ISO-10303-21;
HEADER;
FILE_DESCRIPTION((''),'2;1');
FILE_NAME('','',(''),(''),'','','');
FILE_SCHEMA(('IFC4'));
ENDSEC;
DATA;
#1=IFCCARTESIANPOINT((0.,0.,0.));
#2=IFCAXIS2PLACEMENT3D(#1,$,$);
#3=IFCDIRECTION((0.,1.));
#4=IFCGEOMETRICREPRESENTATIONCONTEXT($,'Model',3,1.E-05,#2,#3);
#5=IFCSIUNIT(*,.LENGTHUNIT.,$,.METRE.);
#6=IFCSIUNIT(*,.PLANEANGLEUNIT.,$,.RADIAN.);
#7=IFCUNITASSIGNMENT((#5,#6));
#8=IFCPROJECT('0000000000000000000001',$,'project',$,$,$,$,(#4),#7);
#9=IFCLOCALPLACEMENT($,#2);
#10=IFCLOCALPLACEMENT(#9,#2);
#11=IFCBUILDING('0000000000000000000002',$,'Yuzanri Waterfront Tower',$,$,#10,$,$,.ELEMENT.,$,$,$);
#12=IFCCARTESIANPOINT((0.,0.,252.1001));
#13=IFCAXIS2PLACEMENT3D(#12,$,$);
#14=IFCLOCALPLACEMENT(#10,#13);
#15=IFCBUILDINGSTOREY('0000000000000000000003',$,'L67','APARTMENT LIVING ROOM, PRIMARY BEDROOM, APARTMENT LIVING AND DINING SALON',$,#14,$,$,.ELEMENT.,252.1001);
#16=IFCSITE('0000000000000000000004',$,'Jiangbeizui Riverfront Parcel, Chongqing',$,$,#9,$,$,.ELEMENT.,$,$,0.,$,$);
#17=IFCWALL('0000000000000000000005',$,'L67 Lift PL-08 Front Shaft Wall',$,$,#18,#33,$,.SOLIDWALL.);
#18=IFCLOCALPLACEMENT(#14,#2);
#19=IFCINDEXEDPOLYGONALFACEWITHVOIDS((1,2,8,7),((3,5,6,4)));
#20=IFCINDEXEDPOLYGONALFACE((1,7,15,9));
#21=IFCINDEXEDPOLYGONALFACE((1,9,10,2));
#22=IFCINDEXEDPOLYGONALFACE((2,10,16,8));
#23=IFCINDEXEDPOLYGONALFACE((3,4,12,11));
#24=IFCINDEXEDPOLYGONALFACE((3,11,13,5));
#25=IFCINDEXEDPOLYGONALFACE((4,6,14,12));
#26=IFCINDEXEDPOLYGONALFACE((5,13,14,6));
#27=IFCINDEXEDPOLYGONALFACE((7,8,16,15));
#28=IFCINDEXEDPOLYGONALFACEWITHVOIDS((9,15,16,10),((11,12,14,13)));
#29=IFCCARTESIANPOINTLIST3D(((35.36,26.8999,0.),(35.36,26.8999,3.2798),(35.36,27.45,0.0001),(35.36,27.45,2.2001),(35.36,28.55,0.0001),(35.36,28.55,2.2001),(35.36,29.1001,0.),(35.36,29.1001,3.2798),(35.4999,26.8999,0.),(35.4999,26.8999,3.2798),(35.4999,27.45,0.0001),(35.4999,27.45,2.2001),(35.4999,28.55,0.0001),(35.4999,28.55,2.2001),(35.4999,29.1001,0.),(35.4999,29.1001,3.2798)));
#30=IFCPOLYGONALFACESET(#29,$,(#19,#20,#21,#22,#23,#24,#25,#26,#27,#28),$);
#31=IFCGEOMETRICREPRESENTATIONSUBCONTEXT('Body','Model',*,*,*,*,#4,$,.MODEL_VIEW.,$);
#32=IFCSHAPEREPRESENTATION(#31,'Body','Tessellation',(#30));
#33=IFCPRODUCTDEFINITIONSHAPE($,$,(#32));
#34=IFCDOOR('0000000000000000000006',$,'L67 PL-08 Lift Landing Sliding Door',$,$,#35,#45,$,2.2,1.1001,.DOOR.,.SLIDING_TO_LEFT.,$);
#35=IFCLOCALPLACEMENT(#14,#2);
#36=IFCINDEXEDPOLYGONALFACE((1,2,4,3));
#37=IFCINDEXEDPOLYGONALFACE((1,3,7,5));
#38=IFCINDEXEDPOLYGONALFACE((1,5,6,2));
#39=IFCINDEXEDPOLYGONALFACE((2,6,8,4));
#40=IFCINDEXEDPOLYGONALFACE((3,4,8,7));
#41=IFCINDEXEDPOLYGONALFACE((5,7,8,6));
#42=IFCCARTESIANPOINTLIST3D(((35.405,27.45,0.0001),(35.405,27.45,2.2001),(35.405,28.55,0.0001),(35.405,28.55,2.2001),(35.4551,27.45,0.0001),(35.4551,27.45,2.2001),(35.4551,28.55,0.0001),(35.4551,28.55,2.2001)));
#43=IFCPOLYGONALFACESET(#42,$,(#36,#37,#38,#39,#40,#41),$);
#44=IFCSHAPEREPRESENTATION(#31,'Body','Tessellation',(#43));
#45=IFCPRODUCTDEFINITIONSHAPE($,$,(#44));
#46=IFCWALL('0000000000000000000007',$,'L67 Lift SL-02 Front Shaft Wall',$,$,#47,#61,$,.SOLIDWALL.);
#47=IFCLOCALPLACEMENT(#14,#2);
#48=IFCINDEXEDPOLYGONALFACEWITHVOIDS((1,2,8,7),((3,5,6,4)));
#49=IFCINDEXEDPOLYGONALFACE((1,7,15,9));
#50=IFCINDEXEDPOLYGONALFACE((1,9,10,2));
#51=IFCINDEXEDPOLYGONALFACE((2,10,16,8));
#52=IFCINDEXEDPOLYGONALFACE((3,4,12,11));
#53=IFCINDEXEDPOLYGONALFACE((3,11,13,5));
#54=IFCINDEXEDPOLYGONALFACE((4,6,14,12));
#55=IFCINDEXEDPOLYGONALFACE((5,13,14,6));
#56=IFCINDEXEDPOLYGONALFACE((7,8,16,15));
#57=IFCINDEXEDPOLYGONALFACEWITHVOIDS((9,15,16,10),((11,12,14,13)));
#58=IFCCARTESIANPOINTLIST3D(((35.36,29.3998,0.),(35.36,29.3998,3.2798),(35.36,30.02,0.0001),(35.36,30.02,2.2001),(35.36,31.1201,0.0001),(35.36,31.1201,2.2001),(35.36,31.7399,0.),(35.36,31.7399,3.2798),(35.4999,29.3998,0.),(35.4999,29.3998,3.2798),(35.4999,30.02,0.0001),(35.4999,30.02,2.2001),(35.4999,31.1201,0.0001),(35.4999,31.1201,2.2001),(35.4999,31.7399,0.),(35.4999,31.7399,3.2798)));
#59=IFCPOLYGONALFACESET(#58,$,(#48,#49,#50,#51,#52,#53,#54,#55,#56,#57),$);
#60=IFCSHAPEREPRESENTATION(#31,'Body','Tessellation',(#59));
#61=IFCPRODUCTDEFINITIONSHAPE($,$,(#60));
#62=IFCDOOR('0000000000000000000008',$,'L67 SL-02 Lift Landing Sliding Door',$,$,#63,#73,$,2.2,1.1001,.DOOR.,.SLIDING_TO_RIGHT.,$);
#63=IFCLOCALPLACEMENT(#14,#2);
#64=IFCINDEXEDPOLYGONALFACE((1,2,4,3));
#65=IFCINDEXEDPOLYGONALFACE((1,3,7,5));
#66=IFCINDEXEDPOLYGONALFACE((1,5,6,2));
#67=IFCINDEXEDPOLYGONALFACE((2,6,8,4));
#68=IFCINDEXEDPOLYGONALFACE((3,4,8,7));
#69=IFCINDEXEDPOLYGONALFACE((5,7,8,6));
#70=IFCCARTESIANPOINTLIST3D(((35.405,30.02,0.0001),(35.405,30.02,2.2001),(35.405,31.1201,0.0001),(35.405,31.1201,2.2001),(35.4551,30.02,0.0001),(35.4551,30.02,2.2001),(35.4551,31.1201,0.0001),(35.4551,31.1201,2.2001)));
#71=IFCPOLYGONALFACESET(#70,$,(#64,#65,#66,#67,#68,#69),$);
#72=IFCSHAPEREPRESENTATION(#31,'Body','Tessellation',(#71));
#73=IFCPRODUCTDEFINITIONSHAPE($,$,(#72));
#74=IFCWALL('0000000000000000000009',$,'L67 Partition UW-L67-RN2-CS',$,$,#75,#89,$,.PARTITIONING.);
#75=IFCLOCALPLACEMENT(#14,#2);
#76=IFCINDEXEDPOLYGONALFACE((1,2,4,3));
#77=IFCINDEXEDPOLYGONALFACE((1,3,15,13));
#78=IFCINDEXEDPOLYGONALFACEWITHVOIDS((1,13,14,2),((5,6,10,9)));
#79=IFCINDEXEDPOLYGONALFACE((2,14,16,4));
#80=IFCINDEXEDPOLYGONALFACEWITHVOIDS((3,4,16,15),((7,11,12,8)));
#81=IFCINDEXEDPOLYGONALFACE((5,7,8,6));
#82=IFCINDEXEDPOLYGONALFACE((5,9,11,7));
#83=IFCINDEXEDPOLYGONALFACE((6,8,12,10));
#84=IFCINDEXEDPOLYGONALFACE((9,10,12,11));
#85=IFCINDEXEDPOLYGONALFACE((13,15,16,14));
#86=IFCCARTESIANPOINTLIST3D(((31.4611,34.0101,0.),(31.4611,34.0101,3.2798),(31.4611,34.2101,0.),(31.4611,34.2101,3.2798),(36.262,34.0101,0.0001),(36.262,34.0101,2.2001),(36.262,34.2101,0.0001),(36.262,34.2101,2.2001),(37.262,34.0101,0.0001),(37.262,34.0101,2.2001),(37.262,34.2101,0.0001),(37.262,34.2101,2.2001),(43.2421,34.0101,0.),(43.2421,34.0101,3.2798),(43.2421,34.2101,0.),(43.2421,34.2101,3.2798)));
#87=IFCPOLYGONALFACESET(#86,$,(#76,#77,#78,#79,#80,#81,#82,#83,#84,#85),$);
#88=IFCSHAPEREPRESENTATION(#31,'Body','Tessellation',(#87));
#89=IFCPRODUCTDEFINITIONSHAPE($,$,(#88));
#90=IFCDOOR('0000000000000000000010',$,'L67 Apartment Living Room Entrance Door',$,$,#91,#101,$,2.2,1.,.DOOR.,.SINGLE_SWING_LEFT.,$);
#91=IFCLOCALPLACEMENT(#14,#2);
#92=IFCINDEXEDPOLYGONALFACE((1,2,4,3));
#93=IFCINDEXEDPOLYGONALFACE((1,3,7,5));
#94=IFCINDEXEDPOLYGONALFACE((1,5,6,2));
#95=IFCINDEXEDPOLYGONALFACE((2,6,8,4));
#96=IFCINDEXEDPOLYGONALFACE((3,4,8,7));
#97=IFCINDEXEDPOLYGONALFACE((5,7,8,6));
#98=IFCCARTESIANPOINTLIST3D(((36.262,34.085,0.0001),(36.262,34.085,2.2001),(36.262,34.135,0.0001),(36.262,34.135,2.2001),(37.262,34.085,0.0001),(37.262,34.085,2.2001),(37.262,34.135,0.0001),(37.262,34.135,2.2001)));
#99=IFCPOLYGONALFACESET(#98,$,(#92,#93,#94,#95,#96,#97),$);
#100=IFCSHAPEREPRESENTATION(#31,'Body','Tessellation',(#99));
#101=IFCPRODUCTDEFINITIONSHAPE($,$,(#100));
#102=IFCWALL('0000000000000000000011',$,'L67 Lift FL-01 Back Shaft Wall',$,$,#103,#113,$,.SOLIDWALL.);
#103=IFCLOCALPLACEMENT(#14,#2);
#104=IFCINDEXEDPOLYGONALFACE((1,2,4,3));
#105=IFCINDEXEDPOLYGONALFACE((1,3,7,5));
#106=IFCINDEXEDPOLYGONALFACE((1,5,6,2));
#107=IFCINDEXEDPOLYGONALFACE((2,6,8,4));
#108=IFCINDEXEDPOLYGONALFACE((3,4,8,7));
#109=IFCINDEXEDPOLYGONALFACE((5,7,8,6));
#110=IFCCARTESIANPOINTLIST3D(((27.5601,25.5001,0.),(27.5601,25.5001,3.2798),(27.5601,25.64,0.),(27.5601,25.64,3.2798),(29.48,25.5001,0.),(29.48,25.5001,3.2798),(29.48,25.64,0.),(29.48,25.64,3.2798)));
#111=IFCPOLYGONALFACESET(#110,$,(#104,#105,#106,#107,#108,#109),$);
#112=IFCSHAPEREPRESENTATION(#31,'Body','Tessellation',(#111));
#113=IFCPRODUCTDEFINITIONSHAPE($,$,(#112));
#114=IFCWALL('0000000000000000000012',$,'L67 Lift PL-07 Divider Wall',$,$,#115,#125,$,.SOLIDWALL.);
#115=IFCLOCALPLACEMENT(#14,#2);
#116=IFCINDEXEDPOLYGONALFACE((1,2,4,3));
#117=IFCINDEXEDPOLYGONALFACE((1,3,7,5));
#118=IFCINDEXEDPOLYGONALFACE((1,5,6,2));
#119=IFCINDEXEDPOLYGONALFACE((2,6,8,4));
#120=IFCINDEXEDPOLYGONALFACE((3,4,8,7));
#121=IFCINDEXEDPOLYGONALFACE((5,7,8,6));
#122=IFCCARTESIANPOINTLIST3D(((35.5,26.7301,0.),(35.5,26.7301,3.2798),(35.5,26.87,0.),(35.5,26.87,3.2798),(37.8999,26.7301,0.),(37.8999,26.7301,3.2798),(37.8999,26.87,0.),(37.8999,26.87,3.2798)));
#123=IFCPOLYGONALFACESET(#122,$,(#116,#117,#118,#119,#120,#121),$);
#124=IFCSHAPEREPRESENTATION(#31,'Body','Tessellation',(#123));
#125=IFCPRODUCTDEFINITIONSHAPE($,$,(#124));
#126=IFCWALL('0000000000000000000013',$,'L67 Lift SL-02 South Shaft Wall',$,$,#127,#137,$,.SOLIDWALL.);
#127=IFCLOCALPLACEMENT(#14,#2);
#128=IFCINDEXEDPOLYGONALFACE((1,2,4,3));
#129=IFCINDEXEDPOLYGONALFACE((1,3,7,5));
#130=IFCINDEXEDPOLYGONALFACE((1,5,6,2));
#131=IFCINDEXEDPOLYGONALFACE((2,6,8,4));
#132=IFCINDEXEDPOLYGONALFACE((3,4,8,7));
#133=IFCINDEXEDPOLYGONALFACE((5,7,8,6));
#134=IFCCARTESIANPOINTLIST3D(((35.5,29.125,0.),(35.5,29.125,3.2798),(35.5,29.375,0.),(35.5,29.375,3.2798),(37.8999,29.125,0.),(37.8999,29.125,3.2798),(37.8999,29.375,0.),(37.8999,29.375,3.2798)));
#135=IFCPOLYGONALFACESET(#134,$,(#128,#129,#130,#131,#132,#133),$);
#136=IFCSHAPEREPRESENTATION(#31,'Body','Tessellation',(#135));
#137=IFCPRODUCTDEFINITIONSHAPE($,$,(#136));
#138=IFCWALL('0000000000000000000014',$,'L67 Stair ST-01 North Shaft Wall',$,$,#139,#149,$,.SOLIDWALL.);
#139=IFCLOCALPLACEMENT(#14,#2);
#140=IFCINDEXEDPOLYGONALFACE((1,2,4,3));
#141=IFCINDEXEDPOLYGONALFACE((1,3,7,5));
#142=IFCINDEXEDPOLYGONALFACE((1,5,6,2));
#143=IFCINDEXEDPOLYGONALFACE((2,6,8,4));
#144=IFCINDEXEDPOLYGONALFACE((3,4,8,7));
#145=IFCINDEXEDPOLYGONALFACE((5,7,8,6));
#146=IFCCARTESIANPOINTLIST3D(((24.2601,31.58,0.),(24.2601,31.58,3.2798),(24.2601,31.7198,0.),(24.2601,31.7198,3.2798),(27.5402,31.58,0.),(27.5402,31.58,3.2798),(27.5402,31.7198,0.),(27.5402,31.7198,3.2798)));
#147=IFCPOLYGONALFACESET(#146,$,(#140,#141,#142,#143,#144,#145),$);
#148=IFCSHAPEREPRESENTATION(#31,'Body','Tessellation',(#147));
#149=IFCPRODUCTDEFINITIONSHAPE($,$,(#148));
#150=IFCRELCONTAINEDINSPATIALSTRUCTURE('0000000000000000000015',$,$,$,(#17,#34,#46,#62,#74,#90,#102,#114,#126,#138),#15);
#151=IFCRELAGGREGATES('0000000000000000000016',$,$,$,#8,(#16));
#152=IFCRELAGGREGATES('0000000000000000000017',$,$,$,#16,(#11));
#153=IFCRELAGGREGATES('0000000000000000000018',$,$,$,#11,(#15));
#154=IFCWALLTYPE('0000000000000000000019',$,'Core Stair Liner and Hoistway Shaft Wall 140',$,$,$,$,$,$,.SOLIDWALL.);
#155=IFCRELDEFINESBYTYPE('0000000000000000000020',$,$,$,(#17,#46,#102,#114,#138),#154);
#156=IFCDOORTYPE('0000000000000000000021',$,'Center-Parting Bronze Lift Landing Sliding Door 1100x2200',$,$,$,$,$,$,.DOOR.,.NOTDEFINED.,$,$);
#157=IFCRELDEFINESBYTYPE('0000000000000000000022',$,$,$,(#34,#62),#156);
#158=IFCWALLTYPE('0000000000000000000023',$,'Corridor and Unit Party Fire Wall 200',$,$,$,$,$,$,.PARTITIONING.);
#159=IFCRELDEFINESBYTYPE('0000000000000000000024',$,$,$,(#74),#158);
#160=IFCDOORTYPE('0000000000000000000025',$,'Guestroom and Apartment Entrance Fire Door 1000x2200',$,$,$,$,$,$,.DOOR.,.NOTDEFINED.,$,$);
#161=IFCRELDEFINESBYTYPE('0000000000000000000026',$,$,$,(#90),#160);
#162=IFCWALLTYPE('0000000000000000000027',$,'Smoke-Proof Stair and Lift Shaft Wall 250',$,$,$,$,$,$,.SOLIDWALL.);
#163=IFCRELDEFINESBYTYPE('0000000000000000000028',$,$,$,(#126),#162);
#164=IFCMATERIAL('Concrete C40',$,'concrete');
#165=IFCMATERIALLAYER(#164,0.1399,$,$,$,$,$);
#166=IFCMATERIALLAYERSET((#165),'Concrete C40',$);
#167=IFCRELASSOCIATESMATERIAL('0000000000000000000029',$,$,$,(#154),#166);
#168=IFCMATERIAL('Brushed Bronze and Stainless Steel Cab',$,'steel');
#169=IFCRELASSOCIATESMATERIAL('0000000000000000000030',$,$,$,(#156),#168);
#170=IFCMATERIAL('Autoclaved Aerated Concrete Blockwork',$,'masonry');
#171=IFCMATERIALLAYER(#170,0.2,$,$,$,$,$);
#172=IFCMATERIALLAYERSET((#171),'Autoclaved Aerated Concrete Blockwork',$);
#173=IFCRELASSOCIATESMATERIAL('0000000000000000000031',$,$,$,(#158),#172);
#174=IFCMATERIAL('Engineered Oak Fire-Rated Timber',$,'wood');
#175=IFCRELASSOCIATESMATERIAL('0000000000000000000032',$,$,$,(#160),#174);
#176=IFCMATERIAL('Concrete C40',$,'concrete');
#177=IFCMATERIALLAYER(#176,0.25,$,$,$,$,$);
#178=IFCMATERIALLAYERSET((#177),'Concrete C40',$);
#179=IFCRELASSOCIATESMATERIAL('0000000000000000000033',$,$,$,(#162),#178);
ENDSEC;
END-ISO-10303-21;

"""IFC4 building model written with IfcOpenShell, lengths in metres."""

from ifc_helpers import new_model, si_unit, direction, frame, frame_2d, origin, place, context, subcontext, project, spatial, rectangle, extrude, source, transform, mapped, material, layer, layer_set, type_object, element, fill, save


model = new_model("IFC4")

# Units and contexts
model_context = context("Model", 3, precision=1e-05, world=origin(), true_north=direction((0.0, 1.0)))
body_context = subcontext(model_context, "Body", "Model", "MODEL_VIEW")
ifc_project = project(units=[si_unit("LENGTHUNIT", "METRE"), si_unit("PLANEANGLEUNIT", "RADIAN")], contexts=[model_context])

# Site, building, storey
site_placement = place(None, origin())
site = spatial("IfcSite", under=ifc_project, at=site_placement, Name="Jiangbeizui Riverfront Parcel, Chongqing", CompositionType="ELEMENT", RefElevation=0.0)
building_placement = place(site_placement, origin())
building = spatial("IfcBuilding", under=site, at=building_placement, Name="Yuzanri Waterfront Tower", CompositionType="ELEMENT")
storey_placement = place(building_placement, frame((0.0, 0.0, 252.1001)))
storey = spatial("IfcBuildingStorey", under=building, at=storey_placement, Name="L67", Description="APARTMENT LIVING ROOM, PRIMARY BEDROOM, APARTMENT LIVING AND DINING SALON", CompositionType="ELEMENT", Elevation=252.1001)

# Walls, openings, doors
ifc_material_1 = material(Name="Concrete C40", Category="concrete")
ifc_layer_1 = layer(ifc_material_1, 0.1399)
ifc_layer_set_1 = layer_set([ifc_layer_1], Name="Concrete C40")
wall_type_1 = type_object("IfcWallType", Name="Core Stair Liner and Hoistway Shaft Wall 140", PredefinedType="SOLIDWALL", material=ifc_layer_set_1)
wall_1_placement = place(storey_placement, frame((35.4299, 26.8999, 0.0), z_axis=(0.0, 0.0, 1.0), x_axis=(0.0, 1.0, 0.0)))
wall_1 = element("IfcWall", 1, at=wall_1_placement, inside=storey, type_object=wall_type_1, Name="L67 Lift PL-08 Front Shaft Wall", PredefinedType="SOLIDWALL", context=body_context, shape_type="SweptSolid", body=[
    extrude(rectangle(XDim=2.2002, YDim=0.1399, at=frame_2d((1.1001, 0.0))), origin(), (0.0, 0.0, 1.0), 3.2798),
])
opening_1_placement = place(wall_1_placement, frame((0.55, 0.0, 0.0)))
opening_1 = element("IfcOpeningElement", 2, at=opening_1_placement, cuts=wall_1, PredefinedType="OPENING", context=body_context, shape_type="SweptSolid", body=[
    extrude(rectangle(XDim=1.1001, YDim=2.2, at=frame_2d((0.55, 1.1001))), frame((0.0, 0.085, 0.0), z_axis=(0.0, -1.0, 0.0), x_axis=(1.0, 0.0, 0.0)), (0.0, 0.0, 1.0), 0.1697),
])
ifc_material_2 = material(Name="Brushed Bronze and Stainless Steel Cab", Category="steel")
door_type_1 = type_object("IfcDoorType", Name="Center-Parting Bronze Lift Landing Sliding Door 1100x2200", OperationType="NOTDEFINED", PredefinedType="DOOR", material=ifc_material_2)
shared_shape_1 = source(origin(), body_context, "Body", "SweptSolid", [
    extrude(rectangle(XDim=1.1001, YDim=2.2, at=frame_2d((0.55, 1.1001))), frame((0.0, 0.0249, 0.0), z_axis=(0.0, -1.0, 0.0), x_axis=(1.0, 0.0, 0.0)), (0.0, 0.0, 1.0), 0.05),
])
door_1_placement = place(opening_1_placement, origin())
door_1 = element("IfcDoor", 3, at=door_1_placement, inside=storey, type_object=door_type_1, Name="L67 PL-08 Lift Landing Sliding Door", OperationType="SLIDING_TO_LEFT", OverallHeight=2.2, OverallWidth=1.1001, PredefinedType="DOOR", context=body_context, shape_type="MappedRepresentation", body=[
    mapped(shared_shape_1, transform((0.0, 0.0, 0.0), scale=1.0)),
])
fill(opening_1, door_1)
wall_2_placement = place(storey_placement, frame((35.4299, 29.3999, 0.0), z_axis=(0.0, 0.0, 1.0), x_axis=(0.0, 1.0, 0.0)))
wall_2 = element("IfcWall", 4, at=wall_2_placement, inside=storey, type_object=wall_type_1, Name="L67 Lift SL-02 Front Shaft Wall", PredefinedType="SOLIDWALL", context=body_context, shape_type="SweptSolid", body=[
    extrude(rectangle(XDim=2.3401, YDim=0.1399, at=frame_2d((1.1699, 0.0))), origin(), (0.0, 0.0, 1.0), 3.2798),
])
opening_2_placement = place(wall_2_placement, frame((0.6201, 0.0, 0.0)))
opening_2 = element("IfcOpeningElement", 5, at=opening_2_placement, cuts=wall_2, PredefinedType="OPENING", context=body_context, shape_type="SweptSolid", body=[
    extrude(rectangle(XDim=1.1001, YDim=2.2, at=frame_2d((0.55, 1.1001))), frame((0.0, 0.085, 0.0), z_axis=(0.0, -1.0, 0.0), x_axis=(1.0, 0.0, 0.0)), (0.0, 0.0, 1.0), 0.1697),
])
door_2_placement = place(opening_2_placement, origin())
door_2 = element("IfcDoor", 6, at=door_2_placement, inside=storey, type_object=door_type_1, Name="L67 SL-02 Lift Landing Sliding Door", OperationType="SLIDING_TO_RIGHT", OverallHeight=2.2, OverallWidth=1.1001, PredefinedType="DOOR", context=body_context, shape_type="MappedRepresentation", body=[
    mapped(shared_shape_1, transform((0.0, 0.0, 0.0), scale=1.0)),
])
fill(opening_2, door_2)
ifc_material_3 = material(Name="Autoclaved Aerated Concrete Blockwork", Category="masonry")
ifc_layer_2 = layer(ifc_material_3, 0.2)
ifc_layer_set_2 = layer_set([ifc_layer_2], Name="Autoclaved Aerated Concrete Blockwork")
wall_type_2 = type_object("IfcWallType", Name="Corridor and Unit Party Fire Wall 200", PredefinedType="PARTITIONING", material=ifc_layer_set_2)
wall_3_placement = place(storey_placement, frame((31.4609, 34.1101, 0.0), z_axis=(0.0, 0.0, 1.0), x_axis=(1.0, 0.0, 0.0)))
wall_3 = element("IfcWall", 7, at=wall_3_placement, inside=storey, type_object=wall_type_2, Name="L67 Partition UW-L67-RN2-CS", PredefinedType="PARTITIONING", context=body_context, shape_type="SweptSolid", body=[
    extrude(rectangle(XDim=11.781, YDim=0.2, at=frame_2d((5.8906, 0.0))), origin(), (0.0, 0.0, 1.0), 3.2798),
])
opening_3_placement = place(wall_3_placement, frame((4.801, 0.0, 0.0)))
opening_3 = element("IfcOpeningElement", 8, at=opening_3_placement, cuts=wall_3, PredefinedType="OPENING", context=body_context, shape_type="SweptSolid", body=[
    extrude(rectangle(XDim=1.0, YDim=2.2, at=frame_2d((0.5, 1.1001))), frame((0.0, 0.1147, 0.0), z_axis=(0.0, -1.0, 0.0), x_axis=(1.0, 0.0, 0.0)), (0.0, 0.0, 1.0), 0.2297),
])
ifc_material_4 = material(Name="Engineered Oak Fire-Rated Timber", Category="wood")
door_type_2 = type_object("IfcDoorType", Name="Guestroom and Apartment Entrance Fire Door 1000x2200", OperationType="NOTDEFINED", PredefinedType="DOOR", material=ifc_material_4)
shared_shape_2 = source(origin(), body_context, "Body", "SweptSolid", [
    extrude(rectangle(XDim=1.0, YDim=2.2, at=frame_2d((0.5, 1.1001))), frame((0.0, 0.0249, 0.0), z_axis=(0.0, -1.0, 0.0), x_axis=(1.0, 0.0, 0.0)), (0.0, 0.0, 1.0), 0.05),
])
door_3_placement = place(opening_3_placement, origin())
door_3 = element("IfcDoor", 9, at=door_3_placement, inside=storey, type_object=door_type_2, Name="L67 Apartment Living Room Entrance Door", OperationType="SINGLE_SWING_LEFT", OverallHeight=2.2, OverallWidth=1.0, PredefinedType="DOOR", context=body_context, shape_type="MappedRepresentation", body=[
    mapped(shared_shape_2, transform((0.0, 0.0, 0.0), scale=1.0)),
])
fill(opening_3, door_3)

# Walls
shared_shape_3 = source(origin(), body_context, "Body", "SweptSolid", [
    extrude(rectangle(XDim=1.9199, YDim=0.1399, at=frame_2d((0.96, 0.0))), origin(), (0.0, 0.0, 1.0), 3.2798),
])
wall_4_placement = place(storey_placement, frame((27.5601, 25.5701, 0.0), z_axis=(0.0, 0.0, 1.0), x_axis=(1.0, 0.0, 0.0)))
element("IfcWall", 10, at=wall_4_placement, inside=storey, type_object=wall_type_1, Name="L67 Lift FL-01 Back Shaft Wall", PredefinedType="SOLIDWALL", context=body_context, shape_type="MappedRepresentation", body=[
    mapped(shared_shape_3, transform((0.0, 0.0, 0.0), scale=1.0)),
])
shared_shape_4 = source(origin(), body_context, "Body", "SweptSolid", [
    extrude(rectangle(XDim=2.3999, YDim=0.1399, at=frame_2d((1.2, 0.0))), origin(), (0.0, 0.0, 1.0), 3.2798),
])
wall_5_placement = place(storey_placement, frame((35.5, 26.8, 0.0), z_axis=(0.0, 0.0, 1.0), x_axis=(1.0, 0.0, 0.0)))
element("IfcWall", 11, at=wall_5_placement, inside=storey, type_object=wall_type_1, Name="L67 Lift PL-07 Divider Wall", PredefinedType="SOLIDWALL", context=body_context, shape_type="MappedRepresentation", body=[
    mapped(shared_shape_4, transform((0.0, 0.0, 0.0), scale=1.0)),
])
ifc_material_5 = material(Name="Concrete C40", Category="concrete")
ifc_layer_3 = layer(ifc_material_5, 0.25)
ifc_layer_set_3 = layer_set([ifc_layer_3], Name="Concrete C40")
wall_type_3 = type_object("IfcWallType", Name="Smoke-Proof Stair and Lift Shaft Wall 250", PredefinedType="SOLIDWALL", material=ifc_layer_set_3)
shared_shape_5 = source(origin(), body_context, "Body", "SweptSolid", [
    extrude(rectangle(XDim=2.3999, YDim=0.25, at=frame_2d((1.2, 0.0))), origin(), (0.0, 0.0, 1.0), 3.2798),
])
wall_6_placement = place(storey_placement, frame((35.5, 29.25, 0.0), z_axis=(0.0, 0.0, 1.0), x_axis=(1.0, 0.0, 0.0)))
element("IfcWall", 12, at=wall_6_placement, inside=storey, type_object=wall_type_3, Name="L67 Lift SL-02 South Shaft Wall", PredefinedType="SOLIDWALL", context=body_context, shape_type="MappedRepresentation", body=[
    mapped(shared_shape_5, transform((0.0, 0.0, 0.0), scale=1.0)),
])
shared_shape_6 = source(origin(), body_context, "Body", "SweptSolid", [
    extrude(rectangle(XDim=3.28, YDim=0.1399, at=frame_2d((1.6401, 0.0))), origin(), (0.0, 0.0, 1.0), 3.2798),
])
wall_7_placement = place(storey_placement, frame((24.26, 31.6499, 0.0), z_axis=(0.0, 0.0, 1.0), x_axis=(1.0, 0.0, 0.0)))
element("IfcWall", 13, at=wall_7_placement, inside=storey, type_object=wall_type_1, Name="L67 Stair ST-01 North Shaft Wall", PredefinedType="SOLIDWALL", context=body_context, shape_type="MappedRepresentation", body=[
    mapped(shared_shape_6, transform((0.0, 0.0, 0.0), scale=1.0)),
])

save(model, "model.ifc")
